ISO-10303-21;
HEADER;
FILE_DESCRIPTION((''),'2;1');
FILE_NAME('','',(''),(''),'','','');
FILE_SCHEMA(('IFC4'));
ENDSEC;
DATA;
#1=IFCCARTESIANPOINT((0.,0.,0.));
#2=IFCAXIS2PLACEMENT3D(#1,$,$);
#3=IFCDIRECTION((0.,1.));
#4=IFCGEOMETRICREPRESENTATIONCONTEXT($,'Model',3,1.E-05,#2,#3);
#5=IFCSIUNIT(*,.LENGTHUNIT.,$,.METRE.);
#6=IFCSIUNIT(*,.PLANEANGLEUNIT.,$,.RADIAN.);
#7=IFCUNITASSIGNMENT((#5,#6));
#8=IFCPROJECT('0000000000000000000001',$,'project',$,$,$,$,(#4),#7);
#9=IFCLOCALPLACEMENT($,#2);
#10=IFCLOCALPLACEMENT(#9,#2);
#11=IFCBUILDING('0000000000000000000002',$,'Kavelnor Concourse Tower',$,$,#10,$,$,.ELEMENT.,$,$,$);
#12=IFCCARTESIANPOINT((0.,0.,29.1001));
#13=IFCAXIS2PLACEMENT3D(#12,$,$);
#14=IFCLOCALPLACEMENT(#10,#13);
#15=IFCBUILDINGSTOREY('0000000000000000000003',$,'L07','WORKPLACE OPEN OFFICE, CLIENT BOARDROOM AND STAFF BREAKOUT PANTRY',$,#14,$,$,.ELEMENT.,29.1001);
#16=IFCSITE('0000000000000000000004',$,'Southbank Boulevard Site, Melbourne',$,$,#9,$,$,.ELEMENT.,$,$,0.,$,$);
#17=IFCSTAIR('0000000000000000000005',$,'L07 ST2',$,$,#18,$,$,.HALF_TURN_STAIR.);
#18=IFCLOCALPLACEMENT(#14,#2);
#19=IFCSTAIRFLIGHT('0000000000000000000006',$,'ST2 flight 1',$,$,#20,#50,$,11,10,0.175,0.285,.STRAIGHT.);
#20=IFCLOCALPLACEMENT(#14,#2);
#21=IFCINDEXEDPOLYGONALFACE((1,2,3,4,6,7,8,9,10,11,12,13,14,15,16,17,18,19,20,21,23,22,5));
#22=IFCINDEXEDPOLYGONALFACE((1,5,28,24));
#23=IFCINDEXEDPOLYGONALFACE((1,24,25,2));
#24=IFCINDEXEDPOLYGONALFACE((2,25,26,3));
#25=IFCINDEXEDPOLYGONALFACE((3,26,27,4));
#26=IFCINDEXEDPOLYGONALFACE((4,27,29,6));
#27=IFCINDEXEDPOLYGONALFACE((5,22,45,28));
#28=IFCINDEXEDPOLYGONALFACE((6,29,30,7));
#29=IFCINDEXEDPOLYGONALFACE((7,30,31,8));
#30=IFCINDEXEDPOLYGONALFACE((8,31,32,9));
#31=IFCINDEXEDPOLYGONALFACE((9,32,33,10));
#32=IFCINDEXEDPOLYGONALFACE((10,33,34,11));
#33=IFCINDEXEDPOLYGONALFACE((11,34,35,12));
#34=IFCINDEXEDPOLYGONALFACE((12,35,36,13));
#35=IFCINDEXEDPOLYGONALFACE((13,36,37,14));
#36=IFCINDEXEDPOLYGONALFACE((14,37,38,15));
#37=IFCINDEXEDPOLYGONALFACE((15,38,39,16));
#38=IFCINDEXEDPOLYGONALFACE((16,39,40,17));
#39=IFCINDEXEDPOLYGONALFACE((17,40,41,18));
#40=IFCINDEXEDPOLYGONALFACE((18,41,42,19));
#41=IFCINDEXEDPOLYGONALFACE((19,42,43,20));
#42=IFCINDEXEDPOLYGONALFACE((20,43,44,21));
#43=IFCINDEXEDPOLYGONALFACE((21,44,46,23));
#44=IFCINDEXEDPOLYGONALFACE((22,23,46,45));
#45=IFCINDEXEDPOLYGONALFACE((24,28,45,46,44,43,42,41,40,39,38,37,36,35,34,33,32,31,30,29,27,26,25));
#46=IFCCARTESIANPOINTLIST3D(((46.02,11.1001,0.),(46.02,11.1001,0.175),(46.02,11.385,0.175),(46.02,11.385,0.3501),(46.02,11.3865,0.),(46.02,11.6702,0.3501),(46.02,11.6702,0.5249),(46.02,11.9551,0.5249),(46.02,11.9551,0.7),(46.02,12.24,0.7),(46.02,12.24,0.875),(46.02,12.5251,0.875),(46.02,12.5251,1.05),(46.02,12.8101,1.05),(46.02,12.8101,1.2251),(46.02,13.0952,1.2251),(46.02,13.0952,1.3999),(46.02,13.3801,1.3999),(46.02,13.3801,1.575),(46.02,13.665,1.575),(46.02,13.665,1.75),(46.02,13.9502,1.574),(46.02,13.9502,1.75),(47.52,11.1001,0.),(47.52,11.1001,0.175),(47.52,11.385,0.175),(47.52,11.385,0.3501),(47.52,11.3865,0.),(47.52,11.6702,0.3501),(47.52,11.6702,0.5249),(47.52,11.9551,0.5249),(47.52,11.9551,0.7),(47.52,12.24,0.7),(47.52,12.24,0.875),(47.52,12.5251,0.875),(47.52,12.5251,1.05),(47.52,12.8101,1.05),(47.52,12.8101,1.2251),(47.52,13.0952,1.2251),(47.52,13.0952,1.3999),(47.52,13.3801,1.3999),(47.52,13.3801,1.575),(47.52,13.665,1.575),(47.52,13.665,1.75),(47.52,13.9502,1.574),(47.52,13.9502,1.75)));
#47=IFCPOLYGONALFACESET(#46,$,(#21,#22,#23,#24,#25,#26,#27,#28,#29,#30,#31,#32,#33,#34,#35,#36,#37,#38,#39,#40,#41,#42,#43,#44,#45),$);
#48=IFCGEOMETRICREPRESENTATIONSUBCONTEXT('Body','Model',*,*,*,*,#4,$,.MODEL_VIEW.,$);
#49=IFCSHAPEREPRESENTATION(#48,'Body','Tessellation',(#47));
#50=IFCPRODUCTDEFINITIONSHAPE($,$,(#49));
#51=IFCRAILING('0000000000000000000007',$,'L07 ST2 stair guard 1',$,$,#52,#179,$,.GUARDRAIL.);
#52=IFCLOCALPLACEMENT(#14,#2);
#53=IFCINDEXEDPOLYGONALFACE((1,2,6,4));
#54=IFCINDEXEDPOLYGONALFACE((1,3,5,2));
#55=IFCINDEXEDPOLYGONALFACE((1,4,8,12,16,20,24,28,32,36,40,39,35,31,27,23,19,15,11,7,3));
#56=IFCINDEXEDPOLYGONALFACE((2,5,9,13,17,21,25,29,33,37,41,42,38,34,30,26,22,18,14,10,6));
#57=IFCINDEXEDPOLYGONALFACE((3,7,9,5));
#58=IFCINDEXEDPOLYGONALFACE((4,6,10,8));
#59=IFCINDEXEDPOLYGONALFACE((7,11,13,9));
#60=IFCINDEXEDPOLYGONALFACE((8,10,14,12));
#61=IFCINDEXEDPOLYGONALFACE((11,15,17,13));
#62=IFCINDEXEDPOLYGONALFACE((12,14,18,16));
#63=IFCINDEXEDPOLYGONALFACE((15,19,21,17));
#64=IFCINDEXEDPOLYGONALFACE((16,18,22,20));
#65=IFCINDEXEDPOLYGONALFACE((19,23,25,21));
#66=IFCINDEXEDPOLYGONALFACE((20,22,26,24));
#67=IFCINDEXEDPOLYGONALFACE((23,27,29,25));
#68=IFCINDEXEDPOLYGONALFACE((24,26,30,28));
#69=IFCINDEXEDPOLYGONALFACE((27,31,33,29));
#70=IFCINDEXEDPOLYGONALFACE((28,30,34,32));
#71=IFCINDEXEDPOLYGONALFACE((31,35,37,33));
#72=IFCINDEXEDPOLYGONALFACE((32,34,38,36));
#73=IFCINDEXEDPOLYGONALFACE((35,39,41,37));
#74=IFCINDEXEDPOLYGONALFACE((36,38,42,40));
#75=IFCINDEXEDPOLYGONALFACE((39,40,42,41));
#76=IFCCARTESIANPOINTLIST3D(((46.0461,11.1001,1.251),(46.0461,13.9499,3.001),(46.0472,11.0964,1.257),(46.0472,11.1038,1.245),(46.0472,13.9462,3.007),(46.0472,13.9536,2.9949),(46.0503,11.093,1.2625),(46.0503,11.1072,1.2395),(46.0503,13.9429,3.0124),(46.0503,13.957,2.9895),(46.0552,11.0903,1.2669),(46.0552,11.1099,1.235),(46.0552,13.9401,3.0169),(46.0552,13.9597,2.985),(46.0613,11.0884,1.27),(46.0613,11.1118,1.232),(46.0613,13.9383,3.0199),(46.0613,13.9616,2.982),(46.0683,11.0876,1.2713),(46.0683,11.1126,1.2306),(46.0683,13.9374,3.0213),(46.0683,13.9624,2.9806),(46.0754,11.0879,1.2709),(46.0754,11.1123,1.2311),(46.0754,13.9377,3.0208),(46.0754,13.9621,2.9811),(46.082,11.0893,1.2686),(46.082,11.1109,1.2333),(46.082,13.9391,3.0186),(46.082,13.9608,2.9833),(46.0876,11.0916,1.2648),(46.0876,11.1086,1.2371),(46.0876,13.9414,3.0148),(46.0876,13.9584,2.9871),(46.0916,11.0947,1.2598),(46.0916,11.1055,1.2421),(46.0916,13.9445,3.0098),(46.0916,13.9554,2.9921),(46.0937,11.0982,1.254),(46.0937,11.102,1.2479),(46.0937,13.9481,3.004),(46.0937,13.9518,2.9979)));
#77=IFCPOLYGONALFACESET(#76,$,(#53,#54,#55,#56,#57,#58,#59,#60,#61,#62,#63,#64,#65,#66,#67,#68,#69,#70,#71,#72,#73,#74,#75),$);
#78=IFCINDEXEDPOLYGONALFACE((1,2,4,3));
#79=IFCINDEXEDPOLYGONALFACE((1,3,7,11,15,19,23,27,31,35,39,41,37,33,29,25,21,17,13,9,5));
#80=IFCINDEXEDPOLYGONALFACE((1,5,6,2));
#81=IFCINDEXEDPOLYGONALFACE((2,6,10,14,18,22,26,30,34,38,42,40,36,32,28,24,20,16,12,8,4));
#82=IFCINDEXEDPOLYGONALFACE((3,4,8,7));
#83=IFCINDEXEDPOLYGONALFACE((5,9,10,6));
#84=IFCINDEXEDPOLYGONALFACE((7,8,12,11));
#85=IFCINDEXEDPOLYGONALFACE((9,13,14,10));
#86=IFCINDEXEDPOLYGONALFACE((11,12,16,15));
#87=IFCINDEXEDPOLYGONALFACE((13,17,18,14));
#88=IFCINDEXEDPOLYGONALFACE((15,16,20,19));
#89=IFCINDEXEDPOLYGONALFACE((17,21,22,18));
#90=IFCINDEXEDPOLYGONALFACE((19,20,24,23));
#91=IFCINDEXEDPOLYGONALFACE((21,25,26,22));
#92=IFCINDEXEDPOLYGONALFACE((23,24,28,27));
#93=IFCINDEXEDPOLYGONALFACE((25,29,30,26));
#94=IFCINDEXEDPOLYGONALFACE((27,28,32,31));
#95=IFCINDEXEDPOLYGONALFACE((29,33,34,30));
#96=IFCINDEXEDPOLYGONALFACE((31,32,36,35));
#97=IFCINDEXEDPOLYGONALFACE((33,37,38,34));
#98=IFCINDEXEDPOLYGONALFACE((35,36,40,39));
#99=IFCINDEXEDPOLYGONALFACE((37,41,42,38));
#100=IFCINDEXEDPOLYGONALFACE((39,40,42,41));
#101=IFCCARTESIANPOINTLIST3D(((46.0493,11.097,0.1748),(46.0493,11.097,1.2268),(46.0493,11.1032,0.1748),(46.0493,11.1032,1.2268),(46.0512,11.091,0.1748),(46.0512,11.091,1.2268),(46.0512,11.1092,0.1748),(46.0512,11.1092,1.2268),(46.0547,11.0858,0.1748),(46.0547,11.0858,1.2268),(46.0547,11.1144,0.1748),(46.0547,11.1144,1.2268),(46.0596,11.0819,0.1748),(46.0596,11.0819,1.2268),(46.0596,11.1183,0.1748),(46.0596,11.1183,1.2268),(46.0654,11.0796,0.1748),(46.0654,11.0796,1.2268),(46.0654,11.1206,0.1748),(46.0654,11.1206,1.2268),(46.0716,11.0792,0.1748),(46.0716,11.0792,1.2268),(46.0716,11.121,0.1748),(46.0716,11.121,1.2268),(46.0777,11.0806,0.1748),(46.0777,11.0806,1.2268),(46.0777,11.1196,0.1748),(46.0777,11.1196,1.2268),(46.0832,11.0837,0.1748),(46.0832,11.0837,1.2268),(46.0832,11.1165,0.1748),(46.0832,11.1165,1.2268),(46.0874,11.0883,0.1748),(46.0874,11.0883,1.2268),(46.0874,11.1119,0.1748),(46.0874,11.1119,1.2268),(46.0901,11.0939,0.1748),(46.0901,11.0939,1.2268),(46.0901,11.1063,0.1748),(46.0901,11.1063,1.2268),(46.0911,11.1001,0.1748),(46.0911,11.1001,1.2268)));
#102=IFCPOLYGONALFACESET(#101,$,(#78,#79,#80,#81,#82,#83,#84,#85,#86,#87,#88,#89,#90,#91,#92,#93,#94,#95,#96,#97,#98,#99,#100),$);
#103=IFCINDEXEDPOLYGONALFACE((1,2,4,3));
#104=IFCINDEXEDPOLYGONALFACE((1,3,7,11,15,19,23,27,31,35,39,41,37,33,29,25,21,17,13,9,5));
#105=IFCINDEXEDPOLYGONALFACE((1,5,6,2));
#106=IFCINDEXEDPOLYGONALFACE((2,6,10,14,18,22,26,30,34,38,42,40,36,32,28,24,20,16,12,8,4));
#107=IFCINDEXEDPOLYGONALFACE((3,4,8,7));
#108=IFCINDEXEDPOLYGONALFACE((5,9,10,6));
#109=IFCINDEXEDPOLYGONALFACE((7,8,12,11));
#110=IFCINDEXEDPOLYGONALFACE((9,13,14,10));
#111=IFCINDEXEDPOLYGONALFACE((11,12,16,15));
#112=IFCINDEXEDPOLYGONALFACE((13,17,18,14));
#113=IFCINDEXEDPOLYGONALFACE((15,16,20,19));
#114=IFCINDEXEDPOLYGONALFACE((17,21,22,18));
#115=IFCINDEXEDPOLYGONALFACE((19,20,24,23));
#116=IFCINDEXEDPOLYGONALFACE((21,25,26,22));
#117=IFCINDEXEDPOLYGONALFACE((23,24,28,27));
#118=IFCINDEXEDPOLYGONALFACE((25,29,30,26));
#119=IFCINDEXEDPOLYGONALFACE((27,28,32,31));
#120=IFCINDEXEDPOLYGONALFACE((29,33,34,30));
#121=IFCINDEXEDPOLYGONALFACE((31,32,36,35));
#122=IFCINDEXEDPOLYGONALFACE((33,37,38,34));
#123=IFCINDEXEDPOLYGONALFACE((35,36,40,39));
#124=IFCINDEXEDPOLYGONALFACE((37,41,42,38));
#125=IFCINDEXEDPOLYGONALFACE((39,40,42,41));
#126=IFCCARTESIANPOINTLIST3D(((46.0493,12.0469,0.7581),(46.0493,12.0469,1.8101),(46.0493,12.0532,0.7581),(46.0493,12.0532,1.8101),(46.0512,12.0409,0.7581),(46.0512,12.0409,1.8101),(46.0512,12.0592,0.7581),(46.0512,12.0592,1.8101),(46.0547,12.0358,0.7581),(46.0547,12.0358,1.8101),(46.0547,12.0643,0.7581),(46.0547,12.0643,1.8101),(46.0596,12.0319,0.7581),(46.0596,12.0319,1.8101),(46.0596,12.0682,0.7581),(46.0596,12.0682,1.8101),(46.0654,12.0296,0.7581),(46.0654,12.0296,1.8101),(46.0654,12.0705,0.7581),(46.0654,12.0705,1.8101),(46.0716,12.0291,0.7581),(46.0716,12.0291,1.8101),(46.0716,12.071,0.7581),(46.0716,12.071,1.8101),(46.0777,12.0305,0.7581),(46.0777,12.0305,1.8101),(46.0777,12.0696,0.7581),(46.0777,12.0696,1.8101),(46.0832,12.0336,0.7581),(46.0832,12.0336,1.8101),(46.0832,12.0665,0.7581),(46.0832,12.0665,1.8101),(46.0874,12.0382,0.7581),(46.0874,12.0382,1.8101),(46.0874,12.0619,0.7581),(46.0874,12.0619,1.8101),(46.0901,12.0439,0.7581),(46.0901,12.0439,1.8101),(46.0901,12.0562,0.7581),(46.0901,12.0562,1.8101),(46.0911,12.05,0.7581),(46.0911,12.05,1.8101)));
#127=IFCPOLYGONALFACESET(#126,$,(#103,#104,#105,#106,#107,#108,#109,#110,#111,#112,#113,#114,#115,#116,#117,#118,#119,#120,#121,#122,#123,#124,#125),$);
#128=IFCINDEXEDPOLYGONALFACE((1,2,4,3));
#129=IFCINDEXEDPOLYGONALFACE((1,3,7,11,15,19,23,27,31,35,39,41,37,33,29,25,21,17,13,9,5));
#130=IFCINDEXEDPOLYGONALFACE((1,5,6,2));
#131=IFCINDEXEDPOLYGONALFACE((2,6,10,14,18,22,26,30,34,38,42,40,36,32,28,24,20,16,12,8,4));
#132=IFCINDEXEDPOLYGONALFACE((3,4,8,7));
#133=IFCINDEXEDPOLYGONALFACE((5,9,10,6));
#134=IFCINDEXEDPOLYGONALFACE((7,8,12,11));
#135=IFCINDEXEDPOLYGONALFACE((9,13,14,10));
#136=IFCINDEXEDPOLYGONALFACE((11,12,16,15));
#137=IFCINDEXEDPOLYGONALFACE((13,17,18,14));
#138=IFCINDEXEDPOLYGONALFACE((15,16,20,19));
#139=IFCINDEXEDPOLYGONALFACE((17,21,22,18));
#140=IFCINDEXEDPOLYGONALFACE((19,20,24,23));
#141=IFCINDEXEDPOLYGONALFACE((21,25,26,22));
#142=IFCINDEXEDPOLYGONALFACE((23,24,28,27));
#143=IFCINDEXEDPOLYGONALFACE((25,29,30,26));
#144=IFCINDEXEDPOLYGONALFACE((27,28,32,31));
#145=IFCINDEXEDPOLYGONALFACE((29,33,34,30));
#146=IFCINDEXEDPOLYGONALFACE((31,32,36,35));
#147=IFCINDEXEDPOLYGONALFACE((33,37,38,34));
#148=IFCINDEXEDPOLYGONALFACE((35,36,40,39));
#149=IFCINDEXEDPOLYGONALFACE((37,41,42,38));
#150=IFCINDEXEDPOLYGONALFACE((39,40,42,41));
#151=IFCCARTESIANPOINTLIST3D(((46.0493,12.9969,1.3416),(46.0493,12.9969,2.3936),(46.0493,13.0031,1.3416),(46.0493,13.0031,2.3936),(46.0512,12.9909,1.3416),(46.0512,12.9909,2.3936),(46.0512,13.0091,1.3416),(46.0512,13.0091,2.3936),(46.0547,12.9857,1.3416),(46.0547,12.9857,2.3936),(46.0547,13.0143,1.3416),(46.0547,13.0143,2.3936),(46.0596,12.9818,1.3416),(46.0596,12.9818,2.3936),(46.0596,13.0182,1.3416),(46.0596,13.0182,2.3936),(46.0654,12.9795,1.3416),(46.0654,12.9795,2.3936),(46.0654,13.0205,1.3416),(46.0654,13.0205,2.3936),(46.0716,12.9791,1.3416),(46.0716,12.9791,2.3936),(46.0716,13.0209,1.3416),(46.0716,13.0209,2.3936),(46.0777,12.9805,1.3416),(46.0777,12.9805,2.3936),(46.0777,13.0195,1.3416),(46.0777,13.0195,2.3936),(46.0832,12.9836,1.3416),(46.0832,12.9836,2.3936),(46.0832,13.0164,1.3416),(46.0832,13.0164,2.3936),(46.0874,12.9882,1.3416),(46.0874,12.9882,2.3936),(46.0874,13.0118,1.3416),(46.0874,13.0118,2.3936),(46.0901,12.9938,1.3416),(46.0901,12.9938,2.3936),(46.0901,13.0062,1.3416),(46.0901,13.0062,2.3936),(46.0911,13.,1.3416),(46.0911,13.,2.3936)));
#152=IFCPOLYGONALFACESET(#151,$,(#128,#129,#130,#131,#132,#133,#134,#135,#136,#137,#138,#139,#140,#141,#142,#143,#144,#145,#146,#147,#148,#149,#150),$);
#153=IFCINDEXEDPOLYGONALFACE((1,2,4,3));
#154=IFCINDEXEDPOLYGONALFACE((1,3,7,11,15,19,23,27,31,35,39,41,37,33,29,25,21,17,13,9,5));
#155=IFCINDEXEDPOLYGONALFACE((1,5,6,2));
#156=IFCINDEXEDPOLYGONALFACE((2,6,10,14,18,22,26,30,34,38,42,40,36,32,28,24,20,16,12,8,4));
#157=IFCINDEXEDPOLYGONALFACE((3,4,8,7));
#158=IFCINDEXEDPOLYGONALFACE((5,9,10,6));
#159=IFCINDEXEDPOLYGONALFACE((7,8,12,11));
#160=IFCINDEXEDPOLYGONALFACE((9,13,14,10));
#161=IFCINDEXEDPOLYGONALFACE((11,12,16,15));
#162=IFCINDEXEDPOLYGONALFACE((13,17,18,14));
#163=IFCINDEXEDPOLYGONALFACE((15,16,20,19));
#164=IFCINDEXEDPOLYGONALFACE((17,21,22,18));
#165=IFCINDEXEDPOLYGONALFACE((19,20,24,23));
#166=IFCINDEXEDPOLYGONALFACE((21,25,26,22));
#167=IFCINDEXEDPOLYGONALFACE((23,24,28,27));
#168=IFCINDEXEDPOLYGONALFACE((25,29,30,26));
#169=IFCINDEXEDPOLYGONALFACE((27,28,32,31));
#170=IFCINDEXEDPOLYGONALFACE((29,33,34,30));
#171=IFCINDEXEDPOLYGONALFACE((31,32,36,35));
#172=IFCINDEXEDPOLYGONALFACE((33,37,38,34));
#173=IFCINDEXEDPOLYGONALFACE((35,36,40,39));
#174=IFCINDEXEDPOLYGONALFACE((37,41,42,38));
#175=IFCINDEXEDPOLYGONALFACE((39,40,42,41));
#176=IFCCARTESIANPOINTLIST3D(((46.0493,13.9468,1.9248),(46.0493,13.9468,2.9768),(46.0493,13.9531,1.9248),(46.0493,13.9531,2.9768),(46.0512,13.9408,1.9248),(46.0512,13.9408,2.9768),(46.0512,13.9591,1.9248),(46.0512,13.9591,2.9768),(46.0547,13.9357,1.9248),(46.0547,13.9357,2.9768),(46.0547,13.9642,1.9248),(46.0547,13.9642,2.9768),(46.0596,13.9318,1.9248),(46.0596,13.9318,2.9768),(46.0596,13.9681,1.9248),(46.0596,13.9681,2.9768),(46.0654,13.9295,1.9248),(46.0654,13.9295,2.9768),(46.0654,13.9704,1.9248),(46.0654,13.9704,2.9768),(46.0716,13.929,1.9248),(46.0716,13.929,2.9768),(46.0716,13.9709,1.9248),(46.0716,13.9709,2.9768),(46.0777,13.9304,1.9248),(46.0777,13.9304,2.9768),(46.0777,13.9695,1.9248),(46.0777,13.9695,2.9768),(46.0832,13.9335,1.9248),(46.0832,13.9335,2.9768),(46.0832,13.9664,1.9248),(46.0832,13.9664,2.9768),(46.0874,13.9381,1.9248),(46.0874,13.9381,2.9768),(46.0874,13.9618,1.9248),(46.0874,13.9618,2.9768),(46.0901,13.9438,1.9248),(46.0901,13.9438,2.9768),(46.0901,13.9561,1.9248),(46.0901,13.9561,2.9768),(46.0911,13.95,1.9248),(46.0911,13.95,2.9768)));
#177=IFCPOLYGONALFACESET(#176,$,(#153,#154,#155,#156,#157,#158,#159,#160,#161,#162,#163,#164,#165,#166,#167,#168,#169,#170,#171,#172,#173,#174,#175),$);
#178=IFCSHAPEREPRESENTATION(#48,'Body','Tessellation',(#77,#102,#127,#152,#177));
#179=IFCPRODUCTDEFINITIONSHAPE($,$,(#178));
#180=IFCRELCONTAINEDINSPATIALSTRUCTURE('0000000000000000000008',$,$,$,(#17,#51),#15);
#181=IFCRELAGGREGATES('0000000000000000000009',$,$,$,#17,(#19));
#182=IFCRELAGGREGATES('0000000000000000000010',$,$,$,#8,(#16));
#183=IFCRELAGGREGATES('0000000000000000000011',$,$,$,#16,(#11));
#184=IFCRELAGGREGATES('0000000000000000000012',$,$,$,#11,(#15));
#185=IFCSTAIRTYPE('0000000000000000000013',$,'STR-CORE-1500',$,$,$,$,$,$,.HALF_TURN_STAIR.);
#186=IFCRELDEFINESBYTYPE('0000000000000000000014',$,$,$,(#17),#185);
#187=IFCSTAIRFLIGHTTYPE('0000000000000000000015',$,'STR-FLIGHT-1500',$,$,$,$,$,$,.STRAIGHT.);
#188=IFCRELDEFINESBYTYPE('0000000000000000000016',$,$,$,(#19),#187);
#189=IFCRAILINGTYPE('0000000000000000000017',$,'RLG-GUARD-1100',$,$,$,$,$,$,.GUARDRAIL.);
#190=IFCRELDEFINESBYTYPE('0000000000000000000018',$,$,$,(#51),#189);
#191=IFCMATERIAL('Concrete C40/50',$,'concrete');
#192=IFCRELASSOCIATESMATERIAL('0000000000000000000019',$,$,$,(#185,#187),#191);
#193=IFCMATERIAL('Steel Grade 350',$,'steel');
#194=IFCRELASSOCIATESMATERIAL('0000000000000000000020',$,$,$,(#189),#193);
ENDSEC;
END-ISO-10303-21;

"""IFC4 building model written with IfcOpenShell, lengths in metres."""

from ifc_helpers import new_model, si_unit, direction, frame, origin, origin_2d, place, context, subcontext, project, spatial, polyline, circle, outline, extrude, material, type_object, element, aggregate, save


model = new_model("IFC4")

# Units and contexts
model_context = context("Model", 3, precision=1e-05, world=origin(), true_north=direction((0.0, 1.0)))
body_context = subcontext(model_context, "Body", "Model", "MODEL_VIEW")
ifc_project = project(units=[si_unit("LENGTHUNIT", "METRE"), si_unit("PLANEANGLEUNIT", "RADIAN")], contexts=[model_context])

# Site, building, storey
site_placement = place(None, origin())
site = spatial("IfcSite", under=ifc_project, at=site_placement, Name="Southbank Boulevard Site, Melbourne", CompositionType="ELEMENT", RefElevation=0.0)
building_placement = place(site_placement, origin())
building = spatial("IfcBuilding", under=site, at=building_placement, Name="Kavelnor Concourse Tower", CompositionType="ELEMENT")
storey_placement = place(building_placement, frame((0.0, 0.0, 29.1001)))
storey = spatial("IfcBuildingStorey", under=building, at=storey_placement, Name="L07", Description="WORKPLACE OPEN OFFICE, CLIENT BOARDROOM AND STAFF BREAKOUT PANTRY", CompositionType="ELEMENT", Elevation=29.1001)

# Shared definitions
ifc_material_1 = material(Name="Steel Grade 350", Category="steel")

# Stair, stair flight
ifc_material_2 = material(Name="Concrete C40/50", Category="concrete")
stair_type = type_object("IfcStairType", Name="STR-CORE-1500", PredefinedType="HALF_TURN_STAIR", material=ifc_material_2)
stair_placement = place(storey_placement, origin())
stair = element("IfcStair", 1, at=stair_placement, inside=storey, type_object=stair_type, Name="L07 ST2", PredefinedType="HALF_TURN_STAIR")
stair_flight_type = type_object("IfcStairFlightType", Name="STR-FLIGHT-1500", PredefinedType="STRAIGHT", material=ifc_material_2)
stair_flight_placement = place(storey_placement, frame((46.77, 11.1001, 0.0), z_axis=(0.0, 0.0, 1.0), x_axis=(0.0, 1.0, 0.0)))
stair_flight = element("IfcStairFlight", 2, at=stair_flight_placement, type_object=stair_flight_type, Name="ST2 flight 1", NumberOfRisers=11, NumberOfTreads=10, PredefinedType="STRAIGHT", RiserHeight=0.175, TreadLength=0.285, context=body_context, shape_type="SweptSolid", body=[
    extrude(outline(polyline([(0.0, 0.0), (0.0, 0.175), (0.2849, 0.175), (0.2849, 0.3501), (0.5701, 0.3501), (0.5701, 0.5249), (0.855, 0.5249), (0.855, 0.7), (1.1399, 0.7), (1.1399, 0.875), (1.425, 0.875), (1.425, 1.05), (1.71, 1.05), (1.71, 1.2251), (1.9951, 1.2251), (1.9951, 1.3999), (2.28, 1.3999), (2.28, 1.575), (2.5649, 1.575), (2.5649, 1.75), (2.8501, 1.75), (2.8501, 1.925), (2.8501, 1.574), (0.2864, 0.0), (0.0, 0.0)])), frame((0.0, 0.75, 0.0), z_axis=(0.0, -1.0, 0.0), x_axis=(1.0, 0.0, 0.0)), (0.0, 0.0, 1.0), 1.5),
])
aggregate(stair, [stair_flight])

# Railing
railing_type_1 = type_object("IfcRailingType", Name="RLG-GUARD-1100", PredefinedType="GUARDRAIL", material=ifc_material_1)
railing_1_placement = place(storey_placement, frame((46.0701, 11.1001, 0.1748)))
element("IfcRailing", 3, at=railing_1_placement, inside=storey, type_object=railing_type_1, Name="L07 ST2 stair guard 1", PredefinedType="GUARDRAIL", context=body_context, shape_type="SweptSolid", body=[
    extrude(circle(Radius=0.0239, at=origin_2d()), frame((0.0, 0.0, 1.0762), z_axis=(0.0, 0.852159, 0.523283), x_axis=(-1.0, 0.0, 0.0)), (0.0, 0.0, 1.0), 3.3442),
    extrude(circle(Radius=0.021, at=origin_2d()), origin(), (0.0, 0.0, 1.0), 1.052),
    extrude(circle(Radius=0.021, at=origin_2d()), frame((0.0, 0.95, 0.5833)), (0.0, 0.0, 1.0), 1.052),
    extrude(circle(Radius=0.021, at=origin_2d()), frame((0.0, 1.8999, 1.1667)), (0.0, 0.0, 1.0), 1.052),
    extrude(circle(Radius=0.021, at=origin_2d()), frame((0.0, 2.8499, 1.75)), (0.0, 0.0, 1.0), 1.052),
])

save(model, "model.ifc")
